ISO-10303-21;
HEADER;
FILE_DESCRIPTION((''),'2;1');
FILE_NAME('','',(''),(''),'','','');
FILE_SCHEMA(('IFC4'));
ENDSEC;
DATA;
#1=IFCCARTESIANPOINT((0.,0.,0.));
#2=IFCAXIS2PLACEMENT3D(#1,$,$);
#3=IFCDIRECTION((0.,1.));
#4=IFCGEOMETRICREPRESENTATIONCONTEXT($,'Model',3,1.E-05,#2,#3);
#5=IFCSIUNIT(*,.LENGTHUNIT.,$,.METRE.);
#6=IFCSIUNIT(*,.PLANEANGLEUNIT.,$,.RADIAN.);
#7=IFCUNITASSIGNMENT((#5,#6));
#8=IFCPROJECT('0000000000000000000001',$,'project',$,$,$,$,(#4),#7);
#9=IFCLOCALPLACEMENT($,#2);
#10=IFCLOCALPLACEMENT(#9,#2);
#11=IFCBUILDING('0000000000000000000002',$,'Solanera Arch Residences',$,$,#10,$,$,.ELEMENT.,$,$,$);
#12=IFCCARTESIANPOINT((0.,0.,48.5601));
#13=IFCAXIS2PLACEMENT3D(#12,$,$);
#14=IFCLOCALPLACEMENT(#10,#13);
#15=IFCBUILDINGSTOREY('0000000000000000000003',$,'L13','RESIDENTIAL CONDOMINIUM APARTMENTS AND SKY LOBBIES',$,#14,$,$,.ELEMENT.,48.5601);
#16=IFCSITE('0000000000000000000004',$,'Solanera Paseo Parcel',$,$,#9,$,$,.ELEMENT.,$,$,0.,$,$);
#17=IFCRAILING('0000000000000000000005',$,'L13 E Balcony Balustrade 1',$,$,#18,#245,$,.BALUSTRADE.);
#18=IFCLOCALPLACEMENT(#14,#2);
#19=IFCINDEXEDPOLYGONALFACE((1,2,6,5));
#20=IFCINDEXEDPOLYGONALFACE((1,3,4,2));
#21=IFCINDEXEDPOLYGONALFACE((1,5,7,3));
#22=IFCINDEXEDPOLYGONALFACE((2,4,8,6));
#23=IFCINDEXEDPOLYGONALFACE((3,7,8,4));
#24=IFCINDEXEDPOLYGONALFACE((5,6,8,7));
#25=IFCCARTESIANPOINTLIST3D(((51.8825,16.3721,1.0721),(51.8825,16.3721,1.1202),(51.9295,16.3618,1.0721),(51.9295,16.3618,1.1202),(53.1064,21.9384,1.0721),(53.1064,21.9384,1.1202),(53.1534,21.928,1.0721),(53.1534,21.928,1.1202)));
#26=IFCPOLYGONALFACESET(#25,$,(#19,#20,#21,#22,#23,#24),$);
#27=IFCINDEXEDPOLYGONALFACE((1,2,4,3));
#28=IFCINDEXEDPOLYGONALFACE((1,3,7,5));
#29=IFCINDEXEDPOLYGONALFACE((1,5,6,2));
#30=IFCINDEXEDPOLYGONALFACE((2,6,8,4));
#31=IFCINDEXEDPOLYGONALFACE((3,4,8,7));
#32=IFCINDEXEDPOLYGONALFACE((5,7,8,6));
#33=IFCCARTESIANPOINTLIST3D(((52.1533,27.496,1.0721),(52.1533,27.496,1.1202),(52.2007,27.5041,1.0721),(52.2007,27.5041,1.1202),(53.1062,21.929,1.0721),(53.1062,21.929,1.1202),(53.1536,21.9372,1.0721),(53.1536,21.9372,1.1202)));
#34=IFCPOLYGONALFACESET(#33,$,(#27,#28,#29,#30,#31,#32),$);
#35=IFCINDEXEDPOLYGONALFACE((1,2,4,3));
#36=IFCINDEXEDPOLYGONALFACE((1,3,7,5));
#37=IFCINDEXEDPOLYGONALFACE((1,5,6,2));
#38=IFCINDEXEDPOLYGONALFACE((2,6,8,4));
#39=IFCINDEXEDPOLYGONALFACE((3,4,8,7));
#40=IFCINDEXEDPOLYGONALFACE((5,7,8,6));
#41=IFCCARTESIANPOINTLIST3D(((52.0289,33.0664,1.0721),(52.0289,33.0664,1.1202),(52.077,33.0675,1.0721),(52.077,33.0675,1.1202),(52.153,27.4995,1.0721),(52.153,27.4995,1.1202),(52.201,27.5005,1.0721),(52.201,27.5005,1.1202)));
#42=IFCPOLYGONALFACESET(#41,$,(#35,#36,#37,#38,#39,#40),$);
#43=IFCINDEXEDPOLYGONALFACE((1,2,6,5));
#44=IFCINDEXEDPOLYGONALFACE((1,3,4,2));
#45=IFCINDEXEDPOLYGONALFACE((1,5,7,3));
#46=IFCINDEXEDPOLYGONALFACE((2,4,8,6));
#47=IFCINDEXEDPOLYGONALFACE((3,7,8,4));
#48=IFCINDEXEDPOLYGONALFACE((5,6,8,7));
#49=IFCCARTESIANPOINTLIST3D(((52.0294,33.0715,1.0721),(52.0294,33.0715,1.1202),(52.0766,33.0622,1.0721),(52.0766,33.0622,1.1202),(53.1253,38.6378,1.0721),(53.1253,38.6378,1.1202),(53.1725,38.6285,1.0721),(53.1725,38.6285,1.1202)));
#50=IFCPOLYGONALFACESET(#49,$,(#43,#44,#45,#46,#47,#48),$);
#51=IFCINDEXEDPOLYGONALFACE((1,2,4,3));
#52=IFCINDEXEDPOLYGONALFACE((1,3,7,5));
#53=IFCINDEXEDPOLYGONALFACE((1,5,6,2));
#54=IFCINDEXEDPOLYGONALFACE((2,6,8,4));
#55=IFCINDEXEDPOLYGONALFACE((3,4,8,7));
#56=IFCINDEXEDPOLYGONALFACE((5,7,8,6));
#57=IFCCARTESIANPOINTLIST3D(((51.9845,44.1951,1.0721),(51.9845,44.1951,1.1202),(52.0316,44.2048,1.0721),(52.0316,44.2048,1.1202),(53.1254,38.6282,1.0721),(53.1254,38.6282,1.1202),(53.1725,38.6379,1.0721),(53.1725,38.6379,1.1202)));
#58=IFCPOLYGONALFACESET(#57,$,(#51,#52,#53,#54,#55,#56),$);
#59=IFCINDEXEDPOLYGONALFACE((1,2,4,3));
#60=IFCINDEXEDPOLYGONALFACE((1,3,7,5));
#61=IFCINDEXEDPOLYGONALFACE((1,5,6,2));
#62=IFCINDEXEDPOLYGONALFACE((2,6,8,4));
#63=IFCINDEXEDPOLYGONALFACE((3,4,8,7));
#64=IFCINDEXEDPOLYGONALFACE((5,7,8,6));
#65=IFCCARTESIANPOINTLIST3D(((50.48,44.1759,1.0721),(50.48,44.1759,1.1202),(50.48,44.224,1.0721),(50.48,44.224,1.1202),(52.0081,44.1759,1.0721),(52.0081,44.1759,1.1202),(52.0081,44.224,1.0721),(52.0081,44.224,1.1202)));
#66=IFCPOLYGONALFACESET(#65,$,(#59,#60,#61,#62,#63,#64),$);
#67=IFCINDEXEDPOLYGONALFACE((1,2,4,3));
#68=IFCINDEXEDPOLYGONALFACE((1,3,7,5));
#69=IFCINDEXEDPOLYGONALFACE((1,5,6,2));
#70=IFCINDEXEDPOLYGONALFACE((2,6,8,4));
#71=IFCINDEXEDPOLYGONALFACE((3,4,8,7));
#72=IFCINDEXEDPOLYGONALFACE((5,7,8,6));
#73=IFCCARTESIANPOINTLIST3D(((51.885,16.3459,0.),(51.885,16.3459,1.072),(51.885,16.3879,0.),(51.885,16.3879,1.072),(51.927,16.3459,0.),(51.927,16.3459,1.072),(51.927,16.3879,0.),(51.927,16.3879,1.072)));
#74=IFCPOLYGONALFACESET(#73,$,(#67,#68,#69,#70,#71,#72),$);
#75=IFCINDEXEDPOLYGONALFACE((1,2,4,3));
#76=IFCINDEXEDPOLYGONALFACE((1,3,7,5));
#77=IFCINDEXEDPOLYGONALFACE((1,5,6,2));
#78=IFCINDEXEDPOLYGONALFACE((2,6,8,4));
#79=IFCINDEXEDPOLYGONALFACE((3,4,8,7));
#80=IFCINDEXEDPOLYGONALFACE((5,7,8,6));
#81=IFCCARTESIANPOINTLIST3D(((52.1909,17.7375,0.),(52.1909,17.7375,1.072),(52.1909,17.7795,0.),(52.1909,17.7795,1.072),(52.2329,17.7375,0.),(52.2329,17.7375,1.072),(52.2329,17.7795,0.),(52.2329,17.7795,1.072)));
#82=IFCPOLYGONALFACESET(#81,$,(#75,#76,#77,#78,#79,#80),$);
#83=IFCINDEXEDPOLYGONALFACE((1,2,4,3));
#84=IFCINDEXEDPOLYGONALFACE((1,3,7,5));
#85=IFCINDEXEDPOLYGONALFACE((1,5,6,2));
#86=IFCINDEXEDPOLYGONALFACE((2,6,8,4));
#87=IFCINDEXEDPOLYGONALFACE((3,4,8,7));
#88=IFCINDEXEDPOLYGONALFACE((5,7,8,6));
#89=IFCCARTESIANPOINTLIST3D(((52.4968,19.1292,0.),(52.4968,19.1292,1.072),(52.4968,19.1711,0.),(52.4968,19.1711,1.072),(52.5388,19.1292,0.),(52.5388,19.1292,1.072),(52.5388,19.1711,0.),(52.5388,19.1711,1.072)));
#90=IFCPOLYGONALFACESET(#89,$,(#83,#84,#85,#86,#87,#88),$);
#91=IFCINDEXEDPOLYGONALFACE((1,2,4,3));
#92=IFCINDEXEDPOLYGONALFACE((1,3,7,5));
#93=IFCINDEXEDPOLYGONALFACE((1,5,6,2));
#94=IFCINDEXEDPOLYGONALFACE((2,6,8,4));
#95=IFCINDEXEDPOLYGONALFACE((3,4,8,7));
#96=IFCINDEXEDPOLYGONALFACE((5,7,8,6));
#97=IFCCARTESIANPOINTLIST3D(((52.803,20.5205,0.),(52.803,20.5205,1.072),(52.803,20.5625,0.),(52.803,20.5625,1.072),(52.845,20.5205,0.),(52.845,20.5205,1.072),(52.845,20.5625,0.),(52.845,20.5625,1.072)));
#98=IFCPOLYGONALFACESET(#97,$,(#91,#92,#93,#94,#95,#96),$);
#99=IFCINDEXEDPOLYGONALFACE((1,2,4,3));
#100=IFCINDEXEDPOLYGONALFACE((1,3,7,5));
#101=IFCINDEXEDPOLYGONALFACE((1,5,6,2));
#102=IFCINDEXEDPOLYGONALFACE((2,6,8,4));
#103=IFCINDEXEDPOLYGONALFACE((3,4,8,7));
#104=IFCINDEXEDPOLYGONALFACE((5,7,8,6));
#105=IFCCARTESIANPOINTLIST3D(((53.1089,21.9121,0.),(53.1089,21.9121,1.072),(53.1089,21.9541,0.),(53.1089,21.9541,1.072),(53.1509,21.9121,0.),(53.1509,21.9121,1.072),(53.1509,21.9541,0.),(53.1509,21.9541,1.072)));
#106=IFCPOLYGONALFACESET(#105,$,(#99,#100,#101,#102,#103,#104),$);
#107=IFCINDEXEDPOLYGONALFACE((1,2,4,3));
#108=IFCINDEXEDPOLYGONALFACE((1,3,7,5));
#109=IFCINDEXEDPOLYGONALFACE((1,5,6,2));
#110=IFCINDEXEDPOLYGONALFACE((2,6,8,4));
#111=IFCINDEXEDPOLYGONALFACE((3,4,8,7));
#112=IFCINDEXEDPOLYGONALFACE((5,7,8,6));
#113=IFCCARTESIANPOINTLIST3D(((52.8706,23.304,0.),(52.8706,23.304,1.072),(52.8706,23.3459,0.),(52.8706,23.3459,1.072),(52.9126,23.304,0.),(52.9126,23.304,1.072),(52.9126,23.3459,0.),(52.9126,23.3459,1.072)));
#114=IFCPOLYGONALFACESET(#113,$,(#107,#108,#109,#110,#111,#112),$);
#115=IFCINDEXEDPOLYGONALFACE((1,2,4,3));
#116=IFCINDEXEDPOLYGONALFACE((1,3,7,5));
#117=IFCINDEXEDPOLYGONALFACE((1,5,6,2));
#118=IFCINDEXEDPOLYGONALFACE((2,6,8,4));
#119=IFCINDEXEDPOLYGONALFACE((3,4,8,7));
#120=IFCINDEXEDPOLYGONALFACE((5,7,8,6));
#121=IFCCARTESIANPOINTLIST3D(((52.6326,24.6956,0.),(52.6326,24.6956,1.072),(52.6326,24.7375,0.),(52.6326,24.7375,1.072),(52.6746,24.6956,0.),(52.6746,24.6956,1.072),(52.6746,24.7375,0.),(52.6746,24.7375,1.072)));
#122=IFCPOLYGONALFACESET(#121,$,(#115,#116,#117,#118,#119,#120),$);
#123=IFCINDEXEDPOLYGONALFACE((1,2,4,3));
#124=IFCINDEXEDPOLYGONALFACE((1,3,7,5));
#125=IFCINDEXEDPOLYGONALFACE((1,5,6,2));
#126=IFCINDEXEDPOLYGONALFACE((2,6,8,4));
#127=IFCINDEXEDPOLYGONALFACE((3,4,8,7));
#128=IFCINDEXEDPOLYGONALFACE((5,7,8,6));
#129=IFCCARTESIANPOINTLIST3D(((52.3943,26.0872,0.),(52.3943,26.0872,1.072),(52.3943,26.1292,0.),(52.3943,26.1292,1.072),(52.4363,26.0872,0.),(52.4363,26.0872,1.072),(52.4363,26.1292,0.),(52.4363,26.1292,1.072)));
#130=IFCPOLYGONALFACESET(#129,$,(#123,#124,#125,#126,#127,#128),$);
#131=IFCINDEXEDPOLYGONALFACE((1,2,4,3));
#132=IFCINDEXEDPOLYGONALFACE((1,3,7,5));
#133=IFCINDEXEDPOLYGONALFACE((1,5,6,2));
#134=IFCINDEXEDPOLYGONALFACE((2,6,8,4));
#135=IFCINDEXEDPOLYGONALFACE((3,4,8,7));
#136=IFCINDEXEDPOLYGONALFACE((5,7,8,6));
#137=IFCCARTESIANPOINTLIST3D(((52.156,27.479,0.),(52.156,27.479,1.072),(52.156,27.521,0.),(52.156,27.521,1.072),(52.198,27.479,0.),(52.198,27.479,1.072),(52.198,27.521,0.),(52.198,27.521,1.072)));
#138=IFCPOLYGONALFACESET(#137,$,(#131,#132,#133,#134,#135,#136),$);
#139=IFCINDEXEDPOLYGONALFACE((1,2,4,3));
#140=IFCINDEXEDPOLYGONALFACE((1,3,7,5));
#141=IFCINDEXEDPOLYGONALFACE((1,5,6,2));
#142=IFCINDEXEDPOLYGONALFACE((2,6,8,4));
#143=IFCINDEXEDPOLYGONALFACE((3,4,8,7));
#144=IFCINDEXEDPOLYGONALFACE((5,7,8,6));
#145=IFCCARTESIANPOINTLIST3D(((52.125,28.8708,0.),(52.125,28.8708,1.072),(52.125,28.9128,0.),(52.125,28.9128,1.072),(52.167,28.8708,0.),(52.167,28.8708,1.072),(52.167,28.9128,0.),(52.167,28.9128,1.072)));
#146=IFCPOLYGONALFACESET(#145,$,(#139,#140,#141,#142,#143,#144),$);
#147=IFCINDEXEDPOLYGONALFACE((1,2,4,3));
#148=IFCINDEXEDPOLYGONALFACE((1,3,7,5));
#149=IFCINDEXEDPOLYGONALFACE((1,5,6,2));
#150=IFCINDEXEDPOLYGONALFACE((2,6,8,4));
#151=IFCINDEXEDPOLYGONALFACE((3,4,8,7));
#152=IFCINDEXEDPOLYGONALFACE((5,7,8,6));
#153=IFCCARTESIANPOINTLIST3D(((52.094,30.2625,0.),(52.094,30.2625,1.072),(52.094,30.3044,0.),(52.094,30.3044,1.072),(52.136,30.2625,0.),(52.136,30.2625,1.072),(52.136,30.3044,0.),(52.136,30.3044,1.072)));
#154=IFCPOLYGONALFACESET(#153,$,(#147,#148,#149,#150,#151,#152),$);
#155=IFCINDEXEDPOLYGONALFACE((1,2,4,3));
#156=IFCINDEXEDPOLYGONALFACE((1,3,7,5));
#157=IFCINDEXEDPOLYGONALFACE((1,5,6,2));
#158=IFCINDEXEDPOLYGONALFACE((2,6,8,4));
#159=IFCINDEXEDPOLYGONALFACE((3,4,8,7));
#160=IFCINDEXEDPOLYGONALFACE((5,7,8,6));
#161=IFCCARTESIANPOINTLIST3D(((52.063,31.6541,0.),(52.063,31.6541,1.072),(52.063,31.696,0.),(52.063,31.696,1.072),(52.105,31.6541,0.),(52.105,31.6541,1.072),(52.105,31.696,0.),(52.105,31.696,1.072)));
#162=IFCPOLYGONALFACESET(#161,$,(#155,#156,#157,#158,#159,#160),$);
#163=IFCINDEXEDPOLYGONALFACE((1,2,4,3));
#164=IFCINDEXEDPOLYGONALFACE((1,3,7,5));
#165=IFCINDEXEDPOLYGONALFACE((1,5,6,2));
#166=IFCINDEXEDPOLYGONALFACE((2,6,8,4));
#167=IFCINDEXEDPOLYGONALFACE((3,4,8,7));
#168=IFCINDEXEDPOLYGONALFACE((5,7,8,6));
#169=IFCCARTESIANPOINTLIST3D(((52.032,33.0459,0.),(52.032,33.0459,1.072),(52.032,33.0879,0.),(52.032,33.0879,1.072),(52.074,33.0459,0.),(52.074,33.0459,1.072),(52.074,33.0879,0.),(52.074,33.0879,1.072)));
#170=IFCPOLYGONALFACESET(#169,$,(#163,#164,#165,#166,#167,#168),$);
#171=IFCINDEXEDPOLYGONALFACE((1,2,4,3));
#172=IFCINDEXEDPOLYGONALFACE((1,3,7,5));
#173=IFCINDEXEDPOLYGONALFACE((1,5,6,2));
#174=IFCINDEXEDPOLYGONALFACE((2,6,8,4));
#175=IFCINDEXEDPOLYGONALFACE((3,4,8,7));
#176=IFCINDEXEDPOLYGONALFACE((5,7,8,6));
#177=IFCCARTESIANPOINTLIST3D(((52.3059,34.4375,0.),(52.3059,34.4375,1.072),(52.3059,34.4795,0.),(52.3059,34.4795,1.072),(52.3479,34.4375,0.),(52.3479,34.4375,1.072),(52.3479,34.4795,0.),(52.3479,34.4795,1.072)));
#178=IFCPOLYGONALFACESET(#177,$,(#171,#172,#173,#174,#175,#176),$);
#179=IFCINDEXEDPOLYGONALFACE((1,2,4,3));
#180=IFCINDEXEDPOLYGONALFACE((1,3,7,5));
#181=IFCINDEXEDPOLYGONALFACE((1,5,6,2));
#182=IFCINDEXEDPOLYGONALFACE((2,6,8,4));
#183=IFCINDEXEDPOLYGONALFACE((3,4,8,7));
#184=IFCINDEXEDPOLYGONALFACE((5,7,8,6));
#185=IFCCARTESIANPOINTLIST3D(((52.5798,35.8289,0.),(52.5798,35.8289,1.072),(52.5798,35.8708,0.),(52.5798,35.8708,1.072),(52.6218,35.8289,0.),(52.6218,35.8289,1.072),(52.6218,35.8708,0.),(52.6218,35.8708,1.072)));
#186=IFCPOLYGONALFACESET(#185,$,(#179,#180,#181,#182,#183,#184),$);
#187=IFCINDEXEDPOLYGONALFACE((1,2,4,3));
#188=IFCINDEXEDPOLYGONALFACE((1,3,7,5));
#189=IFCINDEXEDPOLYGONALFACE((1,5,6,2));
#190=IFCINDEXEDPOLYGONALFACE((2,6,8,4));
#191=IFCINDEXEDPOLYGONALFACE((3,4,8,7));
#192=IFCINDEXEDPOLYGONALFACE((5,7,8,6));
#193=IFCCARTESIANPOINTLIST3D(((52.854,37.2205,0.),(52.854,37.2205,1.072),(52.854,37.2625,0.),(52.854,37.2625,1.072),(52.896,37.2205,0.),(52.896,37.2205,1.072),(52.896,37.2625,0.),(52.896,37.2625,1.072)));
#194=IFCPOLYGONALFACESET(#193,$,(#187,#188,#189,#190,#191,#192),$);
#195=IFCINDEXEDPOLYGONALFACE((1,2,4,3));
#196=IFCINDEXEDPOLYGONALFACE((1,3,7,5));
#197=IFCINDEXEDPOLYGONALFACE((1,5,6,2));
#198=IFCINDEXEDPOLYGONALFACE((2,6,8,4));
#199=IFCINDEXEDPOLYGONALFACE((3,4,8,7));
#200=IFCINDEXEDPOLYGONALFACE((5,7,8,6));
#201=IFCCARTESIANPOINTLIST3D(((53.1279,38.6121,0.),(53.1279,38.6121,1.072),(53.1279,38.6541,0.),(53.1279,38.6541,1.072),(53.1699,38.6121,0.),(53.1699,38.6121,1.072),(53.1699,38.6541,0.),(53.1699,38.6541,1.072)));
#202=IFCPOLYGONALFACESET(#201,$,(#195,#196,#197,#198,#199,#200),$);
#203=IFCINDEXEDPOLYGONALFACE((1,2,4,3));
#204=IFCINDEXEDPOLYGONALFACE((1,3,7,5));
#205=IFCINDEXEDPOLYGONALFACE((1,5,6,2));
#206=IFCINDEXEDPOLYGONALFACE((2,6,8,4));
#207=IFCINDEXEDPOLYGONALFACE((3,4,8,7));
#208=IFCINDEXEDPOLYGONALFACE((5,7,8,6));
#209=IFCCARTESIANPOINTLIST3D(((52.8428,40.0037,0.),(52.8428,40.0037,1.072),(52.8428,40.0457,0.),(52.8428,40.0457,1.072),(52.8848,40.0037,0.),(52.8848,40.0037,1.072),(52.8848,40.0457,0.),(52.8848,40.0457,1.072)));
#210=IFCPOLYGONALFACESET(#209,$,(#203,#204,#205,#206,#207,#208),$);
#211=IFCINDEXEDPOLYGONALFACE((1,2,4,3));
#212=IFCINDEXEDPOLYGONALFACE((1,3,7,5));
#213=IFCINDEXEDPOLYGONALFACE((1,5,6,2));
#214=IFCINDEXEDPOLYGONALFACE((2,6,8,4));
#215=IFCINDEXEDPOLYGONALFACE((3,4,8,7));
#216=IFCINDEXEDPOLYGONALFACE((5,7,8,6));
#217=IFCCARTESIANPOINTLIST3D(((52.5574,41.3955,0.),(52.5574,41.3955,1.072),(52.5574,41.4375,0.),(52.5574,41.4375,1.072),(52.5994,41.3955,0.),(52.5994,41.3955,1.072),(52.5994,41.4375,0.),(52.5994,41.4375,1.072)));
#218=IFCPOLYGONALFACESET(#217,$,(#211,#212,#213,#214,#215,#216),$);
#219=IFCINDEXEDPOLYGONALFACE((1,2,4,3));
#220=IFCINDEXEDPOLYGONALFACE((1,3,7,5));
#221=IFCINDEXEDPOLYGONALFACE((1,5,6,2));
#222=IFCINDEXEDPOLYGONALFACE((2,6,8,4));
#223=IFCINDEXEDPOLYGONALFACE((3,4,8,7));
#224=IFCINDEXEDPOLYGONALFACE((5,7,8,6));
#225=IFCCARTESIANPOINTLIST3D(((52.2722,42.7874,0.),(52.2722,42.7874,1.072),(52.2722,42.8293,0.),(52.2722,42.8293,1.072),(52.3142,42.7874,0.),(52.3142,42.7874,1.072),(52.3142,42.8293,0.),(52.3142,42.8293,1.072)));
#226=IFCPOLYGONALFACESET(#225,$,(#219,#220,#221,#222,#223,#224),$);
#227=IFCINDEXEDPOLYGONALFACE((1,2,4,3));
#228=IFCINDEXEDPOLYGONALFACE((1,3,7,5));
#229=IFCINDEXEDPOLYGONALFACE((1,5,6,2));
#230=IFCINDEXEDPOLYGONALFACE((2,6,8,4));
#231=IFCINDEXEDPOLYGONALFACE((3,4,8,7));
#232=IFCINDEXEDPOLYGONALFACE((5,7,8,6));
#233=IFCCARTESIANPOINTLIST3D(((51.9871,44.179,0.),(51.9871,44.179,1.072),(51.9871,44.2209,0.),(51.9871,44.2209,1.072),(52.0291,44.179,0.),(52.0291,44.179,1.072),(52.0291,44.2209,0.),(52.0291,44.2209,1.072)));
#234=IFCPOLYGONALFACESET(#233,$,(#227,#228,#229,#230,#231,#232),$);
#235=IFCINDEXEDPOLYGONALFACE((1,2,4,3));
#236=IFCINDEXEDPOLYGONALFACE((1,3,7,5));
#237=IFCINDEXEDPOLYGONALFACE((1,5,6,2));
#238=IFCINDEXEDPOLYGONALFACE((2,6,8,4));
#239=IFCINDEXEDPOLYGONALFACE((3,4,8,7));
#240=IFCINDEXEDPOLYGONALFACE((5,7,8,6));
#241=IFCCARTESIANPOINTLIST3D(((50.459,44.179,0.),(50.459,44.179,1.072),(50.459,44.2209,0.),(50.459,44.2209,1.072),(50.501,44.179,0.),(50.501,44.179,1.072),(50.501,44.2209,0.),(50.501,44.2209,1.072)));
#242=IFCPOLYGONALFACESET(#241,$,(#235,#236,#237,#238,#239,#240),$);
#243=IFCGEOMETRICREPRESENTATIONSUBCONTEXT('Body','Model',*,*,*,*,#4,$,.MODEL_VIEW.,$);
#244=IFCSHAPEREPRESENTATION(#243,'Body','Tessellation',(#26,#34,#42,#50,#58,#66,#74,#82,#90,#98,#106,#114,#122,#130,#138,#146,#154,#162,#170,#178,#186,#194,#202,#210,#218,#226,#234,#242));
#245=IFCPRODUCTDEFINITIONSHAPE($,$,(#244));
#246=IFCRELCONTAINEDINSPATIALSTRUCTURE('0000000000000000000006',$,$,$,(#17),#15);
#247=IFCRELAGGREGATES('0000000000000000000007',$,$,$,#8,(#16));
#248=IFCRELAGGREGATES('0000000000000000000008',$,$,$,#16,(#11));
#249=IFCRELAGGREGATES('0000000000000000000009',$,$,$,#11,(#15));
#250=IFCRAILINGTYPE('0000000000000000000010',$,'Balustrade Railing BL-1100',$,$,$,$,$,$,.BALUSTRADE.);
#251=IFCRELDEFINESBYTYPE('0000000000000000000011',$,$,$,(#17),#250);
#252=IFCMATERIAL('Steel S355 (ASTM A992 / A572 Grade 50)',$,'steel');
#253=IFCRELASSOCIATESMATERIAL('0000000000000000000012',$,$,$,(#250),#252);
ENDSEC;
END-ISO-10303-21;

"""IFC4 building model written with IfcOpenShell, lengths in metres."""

from ifc_helpers import new_model, si_unit, direction, frame, origin, origin_2d, place, context, subcontext, project, spatial, rectangle, extrude, material, type_object, element, save


model = new_model("IFC4")

# Units and contexts
model_context = context("Model", 3, precision=1e-05, world=origin(), true_north=direction((0.0, 1.0)))
body_context = subcontext(model_context, "Body", "Model", "MODEL_VIEW")
ifc_project = project(units=[si_unit("LENGTHUNIT", "METRE"), si_unit("PLANEANGLEUNIT", "RADIAN")], contexts=[model_context])

# Site, building, storey
site_placement = place(None, origin())
site = spatial("IfcSite", under=ifc_project, at=site_placement, Name="Solanera Paseo Parcel", CompositionType="ELEMENT", RefElevation=0.0)
building_placement = place(site_placement, origin())
building = spatial("IfcBuilding", under=site, at=building_placement, Name="Solanera Arch Residences", CompositionType="ELEMENT")
storey_placement = place(building_placement, frame((0.0, 0.0, 48.5601)))
storey = spatial("IfcBuildingStorey", under=building, at=storey_placement, Name="L13", Description="RESIDENTIAL CONDOMINIUM APARTMENTS AND SKY LOBBIES", CompositionType="ELEMENT", Elevation=48.5601)

# Railing
ifc_material_1 = material(Name="Steel S355 (ASTM A992 / A572 Grade 50)", Category="steel")
railing_type = type_object("IfcRailingType", Name="Balustrade Railing BL-1100", PredefinedType="BALUSTRADE", material=ifc_material_1)
railing_1_placement = place(storey_placement, frame((51.906, 16.3669, 0.0)))
element("IfcRailing", 1, at=railing_1_placement, inside=storey, type_object=railing_type, Name="L13 E Balcony Balustrade 1", PredefinedType="BALUSTRADE", context=body_context, shape_type="SweptSolid", body=[
    extrude(rectangle(XDim=0.0481, YDim=0.0481, at=origin_2d()), frame((0.0, 0.0, 1.0962), z_axis=(0.214748, 0.976669, 0.0), x_axis=(-0.976669, 0.214748, 0.0)), (0.0, 0.0, 1.0), 5.6992),
    extrude(rectangle(XDim=0.0481, YDim=0.0481, at=origin_2d()), frame((1.2239, 5.5662, 1.0962), z_axis=(-0.168715, 0.985665, 0.0), x_axis=(-0.985665, -0.168715, 0.0)), (0.0, 0.0, 1.0), 5.6479),
    extrude(rectangle(XDim=0.0481, YDim=0.0481, at=origin_2d()), frame((0.271, 11.1331, 1.0962), z_axis=(-0.022273, 0.999752, 0.0), x_axis=(-0.999752, -0.022273, 0.0)), (0.0, 0.0, 1.0), 5.5684),
    extrude(rectangle(XDim=0.0481, YDim=0.0481, at=origin_2d()), frame((0.147, 16.7, 1.0962), z_axis=(0.193186, 0.981162, 0.0), x_axis=(-0.981162, 0.193186, 0.0)), (0.0, 0.0, 1.0), 5.6731),
    extrude(rectangle(XDim=0.0481, YDim=0.0481, at=origin_2d()), frame((1.2429, 22.2661, 1.0962), z_axis=(-0.200765, 0.979639, 0.0), x_axis=(-0.979639, -0.200765, 0.0)), (0.0, 0.0, 1.0), 5.6826),
    extrude(rectangle(XDim=0.0481, YDim=0.0481, at=origin_2d()), frame((0.1021, 27.833, 1.0962), z_axis=(-1.0, 0.0, 0.0), x_axis=(0.0, -1.0, 0.0)), (0.0, 0.0, 1.0), 1.5281),
    extrude(rectangle(XDim=0.042, YDim=0.042, at=origin_2d()), origin(), (0.0, 0.0, 1.0), 1.072),
    extrude(rectangle(XDim=0.042, YDim=0.042, at=origin_2d()), frame((0.3059, 1.3916, 0.0)), (0.0, 0.0, 1.0), 1.072),
    extrude(rectangle(XDim=0.042, YDim=0.042, at=origin_2d()), frame((0.6118, 2.7832, 0.0)), (0.0, 0.0, 1.0), 1.072),
    extrude(rectangle(XDim=0.042, YDim=0.042, at=origin_2d()), frame((0.918, 4.1746, 0.0)), (0.0, 0.0, 1.0), 1.072),
    extrude(rectangle(XDim=0.042, YDim=0.042, at=origin_2d()), frame((1.2239, 5.5662, 0.0)), (0.0, 0.0, 1.0), 1.072),
    extrude(rectangle(XDim=0.042, YDim=0.042, at=origin_2d()), frame((0.9856, 6.958, 0.0)), (0.0, 0.0, 1.0), 1.072),
    extrude(rectangle(XDim=0.042, YDim=0.042, at=origin_2d()), frame((0.7476, 8.3496, 0.0)), (0.0, 0.0, 1.0), 1.072),
    extrude(rectangle(XDim=0.042, YDim=0.042, at=origin_2d()), frame((0.5093, 9.7412, 0.0)), (0.0, 0.0, 1.0), 1.072),
    extrude(rectangle(XDim=0.042, YDim=0.042, at=origin_2d()), frame((0.271, 11.1331, 0.0)), (0.0, 0.0, 1.0), 1.072),
    extrude(rectangle(XDim=0.042, YDim=0.042, at=origin_2d()), frame((0.24, 12.5249, 0.0)), (0.0, 0.0, 1.0), 1.072),
    extrude(rectangle(XDim=0.042, YDim=0.042, at=origin_2d()), frame((0.209, 13.9165, 0.0)), (0.0, 0.0, 1.0), 1.072),
    extrude(rectangle(XDim=0.042, YDim=0.042, at=origin_2d()), frame((0.178, 15.3081, 0.0)), (0.0, 0.0, 1.0), 1.072),
    extrude(rectangle(XDim=0.042, YDim=0.042, at=origin_2d()), frame((0.147, 16.7, 0.0)), (0.0, 0.0, 1.0), 1.072),
    extrude(rectangle(XDim=0.042, YDim=0.042, at=origin_2d()), frame((0.4209, 18.0916, 0.0)), (0.0, 0.0, 1.0), 1.072),
    extrude(rectangle(XDim=0.042, YDim=0.042, at=origin_2d()), frame((0.6948, 19.4829, 0.0)), (0.0, 0.0, 1.0), 1.072),
    extrude(rectangle(XDim=0.042, YDim=0.042, at=origin_2d()), frame((0.969, 20.8745, 0.0)), (0.0, 0.0, 1.0), 1.072),
    extrude(rectangle(XDim=0.042, YDim=0.042, at=origin_2d()), frame((1.2429, 22.2661, 0.0)), (0.0, 0.0, 1.0), 1.072),
    extrude(rectangle(XDim=0.042, YDim=0.042, at=origin_2d()), frame((0.9578, 23.6577, 0.0)), (0.0, 0.0, 1.0), 1.072),
    extrude(rectangle(XDim=0.042, YDim=0.042, at=origin_2d()), frame((0.6724, 25.0496, 0.0)), (0.0, 0.0, 1.0), 1.072),
    extrude(rectangle(XDim=0.042, YDim=0.042, at=origin_2d()), frame((0.3872, 26.4414, 0.0)), (0.0, 0.0, 1.0), 1.072),
    extrude(rectangle(XDim=0.042, YDim=0.042, at=origin_2d()), frame((0.1021, 27.833, 0.0)), (0.0, 0.0, 1.0), 1.072),
    extrude(rectangle(XDim=0.042, YDim=0.042, at=origin_2d()), frame((-1.426, 27.833, 0.0)), (0.0, 0.0, 1.0), 1.072),
])

save(model, "model.ifc")
